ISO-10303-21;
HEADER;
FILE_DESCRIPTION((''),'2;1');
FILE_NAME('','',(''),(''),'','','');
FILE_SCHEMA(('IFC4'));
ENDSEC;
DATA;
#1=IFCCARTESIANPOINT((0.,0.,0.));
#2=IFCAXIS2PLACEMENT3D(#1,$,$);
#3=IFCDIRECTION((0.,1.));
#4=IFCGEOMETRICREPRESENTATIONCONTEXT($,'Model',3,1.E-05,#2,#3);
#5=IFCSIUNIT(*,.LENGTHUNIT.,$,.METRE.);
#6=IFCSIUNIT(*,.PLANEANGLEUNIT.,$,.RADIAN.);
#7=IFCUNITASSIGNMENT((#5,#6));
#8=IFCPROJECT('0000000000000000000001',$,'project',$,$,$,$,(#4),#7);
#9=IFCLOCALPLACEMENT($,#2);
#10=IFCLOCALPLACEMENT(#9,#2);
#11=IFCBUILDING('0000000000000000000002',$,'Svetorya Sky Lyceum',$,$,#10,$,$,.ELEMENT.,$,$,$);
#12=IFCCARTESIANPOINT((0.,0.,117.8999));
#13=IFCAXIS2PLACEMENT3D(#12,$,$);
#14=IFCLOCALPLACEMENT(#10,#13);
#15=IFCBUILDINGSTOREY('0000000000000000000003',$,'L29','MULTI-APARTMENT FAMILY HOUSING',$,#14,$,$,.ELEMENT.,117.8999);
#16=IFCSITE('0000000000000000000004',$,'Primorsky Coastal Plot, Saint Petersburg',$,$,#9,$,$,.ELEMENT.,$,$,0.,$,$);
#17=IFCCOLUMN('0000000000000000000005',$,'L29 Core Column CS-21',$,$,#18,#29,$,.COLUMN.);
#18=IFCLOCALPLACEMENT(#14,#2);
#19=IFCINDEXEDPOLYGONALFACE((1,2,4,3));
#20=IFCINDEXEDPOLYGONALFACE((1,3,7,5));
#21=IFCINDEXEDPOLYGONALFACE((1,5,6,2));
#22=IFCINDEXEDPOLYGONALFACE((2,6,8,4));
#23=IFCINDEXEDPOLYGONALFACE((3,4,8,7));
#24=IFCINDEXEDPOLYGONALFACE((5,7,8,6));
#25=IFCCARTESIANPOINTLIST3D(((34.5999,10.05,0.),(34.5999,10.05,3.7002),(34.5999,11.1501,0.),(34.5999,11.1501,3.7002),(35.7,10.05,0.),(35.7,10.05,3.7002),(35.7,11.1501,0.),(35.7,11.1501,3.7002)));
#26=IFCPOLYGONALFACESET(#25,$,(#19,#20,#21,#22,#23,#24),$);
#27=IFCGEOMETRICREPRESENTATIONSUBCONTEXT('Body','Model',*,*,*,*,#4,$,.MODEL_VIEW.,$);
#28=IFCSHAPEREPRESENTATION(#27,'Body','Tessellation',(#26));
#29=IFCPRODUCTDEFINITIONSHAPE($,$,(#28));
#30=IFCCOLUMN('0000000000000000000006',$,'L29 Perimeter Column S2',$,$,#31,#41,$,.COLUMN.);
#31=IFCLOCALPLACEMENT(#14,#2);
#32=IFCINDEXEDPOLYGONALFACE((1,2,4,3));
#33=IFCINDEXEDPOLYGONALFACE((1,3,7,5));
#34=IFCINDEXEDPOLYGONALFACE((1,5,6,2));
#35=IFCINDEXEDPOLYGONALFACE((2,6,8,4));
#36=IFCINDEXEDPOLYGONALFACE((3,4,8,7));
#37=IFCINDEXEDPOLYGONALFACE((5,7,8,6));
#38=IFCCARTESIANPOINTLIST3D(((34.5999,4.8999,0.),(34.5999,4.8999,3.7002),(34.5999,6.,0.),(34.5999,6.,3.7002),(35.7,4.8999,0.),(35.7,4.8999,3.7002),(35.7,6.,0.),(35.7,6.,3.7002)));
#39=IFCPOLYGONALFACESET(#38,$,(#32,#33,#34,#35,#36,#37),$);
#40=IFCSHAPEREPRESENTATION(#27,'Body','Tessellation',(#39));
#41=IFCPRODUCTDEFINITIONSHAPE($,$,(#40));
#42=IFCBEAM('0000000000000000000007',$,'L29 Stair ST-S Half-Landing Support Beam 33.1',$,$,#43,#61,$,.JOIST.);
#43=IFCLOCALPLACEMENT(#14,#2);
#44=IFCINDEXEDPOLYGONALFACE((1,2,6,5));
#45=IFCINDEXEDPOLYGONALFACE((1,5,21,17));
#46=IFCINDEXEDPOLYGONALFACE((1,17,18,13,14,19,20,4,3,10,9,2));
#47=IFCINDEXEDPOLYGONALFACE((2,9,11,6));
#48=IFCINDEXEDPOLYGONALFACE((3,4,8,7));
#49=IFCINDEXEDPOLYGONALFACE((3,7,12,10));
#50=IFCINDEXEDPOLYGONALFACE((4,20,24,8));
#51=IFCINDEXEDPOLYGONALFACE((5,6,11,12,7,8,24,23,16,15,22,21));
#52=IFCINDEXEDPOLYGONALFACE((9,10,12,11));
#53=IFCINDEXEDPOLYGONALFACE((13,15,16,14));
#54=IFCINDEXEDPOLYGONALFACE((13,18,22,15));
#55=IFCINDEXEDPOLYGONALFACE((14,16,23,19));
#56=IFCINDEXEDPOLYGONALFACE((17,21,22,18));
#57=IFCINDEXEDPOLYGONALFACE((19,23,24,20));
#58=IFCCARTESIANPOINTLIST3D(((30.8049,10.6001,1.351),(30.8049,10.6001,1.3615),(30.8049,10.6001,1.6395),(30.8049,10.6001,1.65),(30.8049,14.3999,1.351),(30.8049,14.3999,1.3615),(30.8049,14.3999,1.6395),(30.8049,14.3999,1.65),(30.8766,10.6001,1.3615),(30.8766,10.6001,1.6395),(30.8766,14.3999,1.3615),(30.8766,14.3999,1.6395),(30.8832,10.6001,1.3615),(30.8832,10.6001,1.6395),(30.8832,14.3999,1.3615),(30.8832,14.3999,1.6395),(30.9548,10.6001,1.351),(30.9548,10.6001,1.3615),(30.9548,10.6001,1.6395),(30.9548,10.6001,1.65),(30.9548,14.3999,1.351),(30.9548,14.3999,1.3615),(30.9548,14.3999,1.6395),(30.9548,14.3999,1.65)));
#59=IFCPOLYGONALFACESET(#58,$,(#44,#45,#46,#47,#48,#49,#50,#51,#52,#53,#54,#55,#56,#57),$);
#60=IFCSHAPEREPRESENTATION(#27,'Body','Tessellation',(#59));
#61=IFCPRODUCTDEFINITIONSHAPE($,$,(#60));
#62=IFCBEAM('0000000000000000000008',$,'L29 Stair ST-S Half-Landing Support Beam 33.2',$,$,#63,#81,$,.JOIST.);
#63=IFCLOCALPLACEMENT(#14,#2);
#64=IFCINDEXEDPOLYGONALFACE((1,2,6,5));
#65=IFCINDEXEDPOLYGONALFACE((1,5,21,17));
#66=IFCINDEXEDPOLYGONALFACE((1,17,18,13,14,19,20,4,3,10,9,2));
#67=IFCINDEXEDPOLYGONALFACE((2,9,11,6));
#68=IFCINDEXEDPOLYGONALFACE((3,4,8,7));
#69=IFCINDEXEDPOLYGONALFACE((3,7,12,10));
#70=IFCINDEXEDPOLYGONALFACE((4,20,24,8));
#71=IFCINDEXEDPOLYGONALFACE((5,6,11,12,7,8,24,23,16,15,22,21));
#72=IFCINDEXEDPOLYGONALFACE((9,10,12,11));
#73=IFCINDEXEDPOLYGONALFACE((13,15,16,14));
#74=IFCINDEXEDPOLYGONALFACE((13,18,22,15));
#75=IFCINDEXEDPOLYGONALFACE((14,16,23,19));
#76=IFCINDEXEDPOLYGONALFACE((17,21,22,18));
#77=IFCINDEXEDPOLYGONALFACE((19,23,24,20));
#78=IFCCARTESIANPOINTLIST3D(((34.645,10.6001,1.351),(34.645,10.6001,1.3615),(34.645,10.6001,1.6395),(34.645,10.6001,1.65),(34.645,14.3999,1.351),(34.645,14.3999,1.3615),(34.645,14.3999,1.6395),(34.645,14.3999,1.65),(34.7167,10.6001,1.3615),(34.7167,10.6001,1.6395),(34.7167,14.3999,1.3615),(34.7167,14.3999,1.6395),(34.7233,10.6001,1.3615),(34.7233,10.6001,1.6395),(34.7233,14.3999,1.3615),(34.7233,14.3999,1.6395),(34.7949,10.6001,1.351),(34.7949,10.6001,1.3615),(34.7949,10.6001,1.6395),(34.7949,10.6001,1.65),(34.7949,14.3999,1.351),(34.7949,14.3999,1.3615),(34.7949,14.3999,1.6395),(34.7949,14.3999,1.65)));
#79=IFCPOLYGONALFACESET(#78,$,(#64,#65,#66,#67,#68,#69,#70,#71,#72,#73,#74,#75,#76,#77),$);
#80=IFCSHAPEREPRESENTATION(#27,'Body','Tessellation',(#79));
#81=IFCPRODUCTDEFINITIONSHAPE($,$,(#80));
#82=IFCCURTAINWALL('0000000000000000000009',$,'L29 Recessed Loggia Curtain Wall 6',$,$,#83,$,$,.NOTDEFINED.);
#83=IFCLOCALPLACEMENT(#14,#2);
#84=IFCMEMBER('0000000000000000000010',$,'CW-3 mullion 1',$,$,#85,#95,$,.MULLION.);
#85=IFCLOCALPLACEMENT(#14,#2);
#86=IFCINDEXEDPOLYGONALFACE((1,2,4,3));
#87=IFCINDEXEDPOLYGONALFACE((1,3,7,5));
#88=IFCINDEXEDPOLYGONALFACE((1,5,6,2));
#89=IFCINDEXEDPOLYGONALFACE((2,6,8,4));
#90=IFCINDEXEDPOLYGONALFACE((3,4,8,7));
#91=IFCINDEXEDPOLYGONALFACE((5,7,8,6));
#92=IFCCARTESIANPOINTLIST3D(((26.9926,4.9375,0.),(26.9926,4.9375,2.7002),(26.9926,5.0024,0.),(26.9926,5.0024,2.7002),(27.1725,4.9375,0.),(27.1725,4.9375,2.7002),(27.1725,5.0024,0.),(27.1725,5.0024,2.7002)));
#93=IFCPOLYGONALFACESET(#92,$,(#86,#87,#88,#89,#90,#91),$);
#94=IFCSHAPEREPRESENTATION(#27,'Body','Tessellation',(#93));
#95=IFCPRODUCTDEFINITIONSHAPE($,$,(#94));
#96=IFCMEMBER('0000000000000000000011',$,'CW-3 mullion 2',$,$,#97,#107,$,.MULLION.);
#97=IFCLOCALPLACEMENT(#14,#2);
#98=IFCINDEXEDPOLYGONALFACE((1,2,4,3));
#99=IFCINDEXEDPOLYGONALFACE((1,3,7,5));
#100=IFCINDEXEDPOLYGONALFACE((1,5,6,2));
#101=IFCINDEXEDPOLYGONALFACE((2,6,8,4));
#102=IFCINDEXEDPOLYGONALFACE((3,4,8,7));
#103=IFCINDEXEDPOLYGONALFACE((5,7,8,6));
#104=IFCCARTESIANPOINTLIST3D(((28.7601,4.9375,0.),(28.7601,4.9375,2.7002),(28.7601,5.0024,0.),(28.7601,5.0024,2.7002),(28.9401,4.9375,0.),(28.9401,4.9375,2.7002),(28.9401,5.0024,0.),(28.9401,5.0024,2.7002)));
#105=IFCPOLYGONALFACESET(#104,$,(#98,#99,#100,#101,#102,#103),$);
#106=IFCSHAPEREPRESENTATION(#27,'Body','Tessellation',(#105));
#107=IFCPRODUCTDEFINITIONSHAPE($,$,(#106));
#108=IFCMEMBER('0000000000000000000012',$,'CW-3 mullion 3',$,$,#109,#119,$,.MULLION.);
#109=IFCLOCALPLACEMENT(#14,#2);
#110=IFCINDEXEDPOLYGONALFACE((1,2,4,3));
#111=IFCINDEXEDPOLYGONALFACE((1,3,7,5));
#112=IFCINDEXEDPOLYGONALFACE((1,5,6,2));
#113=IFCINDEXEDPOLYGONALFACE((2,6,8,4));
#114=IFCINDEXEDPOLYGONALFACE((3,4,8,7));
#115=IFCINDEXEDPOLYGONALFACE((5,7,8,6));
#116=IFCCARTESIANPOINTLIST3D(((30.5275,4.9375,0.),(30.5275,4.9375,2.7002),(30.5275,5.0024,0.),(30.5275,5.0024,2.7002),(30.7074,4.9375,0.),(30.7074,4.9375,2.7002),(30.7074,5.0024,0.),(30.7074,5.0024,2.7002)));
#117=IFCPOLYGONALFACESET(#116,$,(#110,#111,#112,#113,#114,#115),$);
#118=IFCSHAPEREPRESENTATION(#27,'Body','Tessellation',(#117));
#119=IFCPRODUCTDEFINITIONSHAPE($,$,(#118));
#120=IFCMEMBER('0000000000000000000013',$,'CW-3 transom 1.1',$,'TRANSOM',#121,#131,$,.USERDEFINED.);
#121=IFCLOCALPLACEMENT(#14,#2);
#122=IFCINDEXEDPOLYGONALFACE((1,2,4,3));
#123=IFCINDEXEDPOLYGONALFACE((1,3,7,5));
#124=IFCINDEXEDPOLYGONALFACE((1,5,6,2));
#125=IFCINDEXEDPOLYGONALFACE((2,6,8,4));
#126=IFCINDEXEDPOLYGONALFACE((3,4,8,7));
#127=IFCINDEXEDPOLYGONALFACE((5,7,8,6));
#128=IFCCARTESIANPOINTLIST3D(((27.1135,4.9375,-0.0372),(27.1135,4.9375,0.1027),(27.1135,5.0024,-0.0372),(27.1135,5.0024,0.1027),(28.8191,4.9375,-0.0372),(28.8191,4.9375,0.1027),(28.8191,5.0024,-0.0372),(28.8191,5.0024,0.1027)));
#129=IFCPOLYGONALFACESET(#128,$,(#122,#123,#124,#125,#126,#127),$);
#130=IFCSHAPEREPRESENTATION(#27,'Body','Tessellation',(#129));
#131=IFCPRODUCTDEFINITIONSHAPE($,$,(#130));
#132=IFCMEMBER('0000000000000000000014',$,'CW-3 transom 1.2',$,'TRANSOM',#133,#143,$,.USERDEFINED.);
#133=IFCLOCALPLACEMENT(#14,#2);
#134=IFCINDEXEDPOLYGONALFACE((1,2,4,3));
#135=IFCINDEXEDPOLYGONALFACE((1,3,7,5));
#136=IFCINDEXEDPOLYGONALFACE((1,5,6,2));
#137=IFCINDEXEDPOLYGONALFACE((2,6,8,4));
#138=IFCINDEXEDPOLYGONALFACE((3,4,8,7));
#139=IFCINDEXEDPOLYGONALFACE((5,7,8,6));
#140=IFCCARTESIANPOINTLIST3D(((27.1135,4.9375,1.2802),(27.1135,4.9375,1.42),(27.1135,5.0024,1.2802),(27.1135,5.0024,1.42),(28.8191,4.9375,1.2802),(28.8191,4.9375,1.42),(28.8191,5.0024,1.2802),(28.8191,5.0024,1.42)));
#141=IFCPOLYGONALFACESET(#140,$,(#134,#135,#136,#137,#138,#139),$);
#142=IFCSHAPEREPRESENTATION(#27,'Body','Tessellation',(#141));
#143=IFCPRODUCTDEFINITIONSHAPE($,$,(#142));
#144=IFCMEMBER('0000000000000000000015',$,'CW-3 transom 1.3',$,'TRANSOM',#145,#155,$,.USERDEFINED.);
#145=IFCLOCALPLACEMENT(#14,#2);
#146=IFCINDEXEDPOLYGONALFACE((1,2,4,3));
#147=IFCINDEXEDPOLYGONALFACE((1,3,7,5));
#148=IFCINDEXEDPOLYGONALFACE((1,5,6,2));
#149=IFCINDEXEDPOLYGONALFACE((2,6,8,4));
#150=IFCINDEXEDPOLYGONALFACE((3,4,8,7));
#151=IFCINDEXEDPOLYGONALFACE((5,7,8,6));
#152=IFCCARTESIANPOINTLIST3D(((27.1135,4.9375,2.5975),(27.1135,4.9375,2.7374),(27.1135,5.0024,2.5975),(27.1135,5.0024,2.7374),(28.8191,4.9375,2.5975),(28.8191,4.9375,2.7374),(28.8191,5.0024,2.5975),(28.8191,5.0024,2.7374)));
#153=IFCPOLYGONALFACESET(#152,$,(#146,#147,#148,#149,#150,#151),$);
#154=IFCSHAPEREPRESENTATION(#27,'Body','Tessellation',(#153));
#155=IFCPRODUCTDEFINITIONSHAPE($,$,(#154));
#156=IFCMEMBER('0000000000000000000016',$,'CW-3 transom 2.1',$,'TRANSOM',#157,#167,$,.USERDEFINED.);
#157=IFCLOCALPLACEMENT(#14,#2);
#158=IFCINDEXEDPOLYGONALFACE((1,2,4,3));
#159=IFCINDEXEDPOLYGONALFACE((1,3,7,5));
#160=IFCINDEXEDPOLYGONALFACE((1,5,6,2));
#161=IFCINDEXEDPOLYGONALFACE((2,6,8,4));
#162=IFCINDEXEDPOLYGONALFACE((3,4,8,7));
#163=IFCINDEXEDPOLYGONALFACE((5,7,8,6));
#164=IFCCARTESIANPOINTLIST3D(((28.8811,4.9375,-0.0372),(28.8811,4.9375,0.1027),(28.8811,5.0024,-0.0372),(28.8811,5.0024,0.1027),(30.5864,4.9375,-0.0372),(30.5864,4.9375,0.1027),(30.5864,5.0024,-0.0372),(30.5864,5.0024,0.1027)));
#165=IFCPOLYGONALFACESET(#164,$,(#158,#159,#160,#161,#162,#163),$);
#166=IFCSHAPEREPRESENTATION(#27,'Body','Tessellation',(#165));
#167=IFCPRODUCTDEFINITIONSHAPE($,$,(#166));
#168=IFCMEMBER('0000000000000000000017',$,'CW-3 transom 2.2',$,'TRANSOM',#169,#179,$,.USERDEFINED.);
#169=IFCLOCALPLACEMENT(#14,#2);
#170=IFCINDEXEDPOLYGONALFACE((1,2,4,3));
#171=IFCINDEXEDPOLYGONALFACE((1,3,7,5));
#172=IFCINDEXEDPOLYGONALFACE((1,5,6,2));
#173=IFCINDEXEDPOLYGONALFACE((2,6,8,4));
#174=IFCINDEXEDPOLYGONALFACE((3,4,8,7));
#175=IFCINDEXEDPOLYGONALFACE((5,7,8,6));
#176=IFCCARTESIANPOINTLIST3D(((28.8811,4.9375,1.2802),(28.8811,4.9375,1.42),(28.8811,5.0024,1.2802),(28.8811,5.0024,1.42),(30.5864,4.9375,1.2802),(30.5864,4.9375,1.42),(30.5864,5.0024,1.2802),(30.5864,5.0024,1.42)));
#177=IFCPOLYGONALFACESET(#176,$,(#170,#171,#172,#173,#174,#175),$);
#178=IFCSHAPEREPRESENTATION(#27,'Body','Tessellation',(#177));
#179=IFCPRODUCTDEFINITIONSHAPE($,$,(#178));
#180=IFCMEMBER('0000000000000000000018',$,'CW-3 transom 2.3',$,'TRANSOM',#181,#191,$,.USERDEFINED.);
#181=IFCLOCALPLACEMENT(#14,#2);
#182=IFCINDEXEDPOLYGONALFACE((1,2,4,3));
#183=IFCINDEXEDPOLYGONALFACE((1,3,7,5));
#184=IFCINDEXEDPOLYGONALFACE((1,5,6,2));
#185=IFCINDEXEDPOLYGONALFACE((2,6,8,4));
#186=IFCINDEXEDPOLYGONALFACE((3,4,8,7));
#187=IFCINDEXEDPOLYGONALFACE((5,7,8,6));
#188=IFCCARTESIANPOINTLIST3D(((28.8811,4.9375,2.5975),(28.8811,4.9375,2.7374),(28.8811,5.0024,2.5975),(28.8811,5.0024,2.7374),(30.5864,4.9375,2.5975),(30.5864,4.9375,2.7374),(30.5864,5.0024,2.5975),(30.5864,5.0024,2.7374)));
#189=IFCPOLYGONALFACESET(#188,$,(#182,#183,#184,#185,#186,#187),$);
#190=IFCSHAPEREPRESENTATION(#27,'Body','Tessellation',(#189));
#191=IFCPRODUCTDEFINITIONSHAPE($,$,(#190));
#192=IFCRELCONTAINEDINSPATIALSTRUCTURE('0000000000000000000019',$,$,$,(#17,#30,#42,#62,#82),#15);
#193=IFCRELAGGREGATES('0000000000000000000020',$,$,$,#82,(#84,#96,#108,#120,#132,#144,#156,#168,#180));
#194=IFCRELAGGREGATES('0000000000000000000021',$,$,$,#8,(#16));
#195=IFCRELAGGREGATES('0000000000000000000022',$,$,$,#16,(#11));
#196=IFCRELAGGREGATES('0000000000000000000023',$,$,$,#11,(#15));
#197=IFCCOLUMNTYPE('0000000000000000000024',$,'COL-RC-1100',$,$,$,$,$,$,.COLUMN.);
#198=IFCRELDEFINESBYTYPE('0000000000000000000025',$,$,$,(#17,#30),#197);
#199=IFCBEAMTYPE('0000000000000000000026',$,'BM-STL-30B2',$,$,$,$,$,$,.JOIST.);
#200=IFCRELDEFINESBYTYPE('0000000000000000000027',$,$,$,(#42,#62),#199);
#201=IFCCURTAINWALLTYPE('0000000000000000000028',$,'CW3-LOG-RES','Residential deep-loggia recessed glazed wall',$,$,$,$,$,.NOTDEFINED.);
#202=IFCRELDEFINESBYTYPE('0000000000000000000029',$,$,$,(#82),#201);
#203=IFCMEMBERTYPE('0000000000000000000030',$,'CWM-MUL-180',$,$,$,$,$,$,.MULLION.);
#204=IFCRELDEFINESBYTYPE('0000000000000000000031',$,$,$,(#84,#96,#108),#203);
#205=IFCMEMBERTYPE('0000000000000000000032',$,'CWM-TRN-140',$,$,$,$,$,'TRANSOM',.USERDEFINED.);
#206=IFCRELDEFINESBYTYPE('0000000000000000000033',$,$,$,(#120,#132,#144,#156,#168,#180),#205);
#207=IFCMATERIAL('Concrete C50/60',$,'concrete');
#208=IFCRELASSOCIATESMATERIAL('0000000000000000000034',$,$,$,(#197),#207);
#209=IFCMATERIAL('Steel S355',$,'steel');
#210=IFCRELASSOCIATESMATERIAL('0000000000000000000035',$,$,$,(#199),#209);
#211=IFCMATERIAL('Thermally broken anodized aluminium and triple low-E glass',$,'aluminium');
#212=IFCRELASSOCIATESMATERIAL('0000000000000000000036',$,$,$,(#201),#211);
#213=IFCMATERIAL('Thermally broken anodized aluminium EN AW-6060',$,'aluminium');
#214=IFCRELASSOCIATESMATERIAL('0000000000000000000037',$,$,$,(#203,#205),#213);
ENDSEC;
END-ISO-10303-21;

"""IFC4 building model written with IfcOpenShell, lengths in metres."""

from ifc_helpers import new_model, si_unit, direction, frame, origin, origin_2d, place, context, subcontext, project, spatial, rectangle, i_section, extrude, material, material_profile, profile_set, type_object, element, aggregate, save


model = new_model("IFC4")

# Units and contexts
model_context = context("Model", 3, precision=1e-05, world=origin(), true_north=direction((0.0, 1.0)))
body_context = subcontext(model_context, "Body", "Model", "MODEL_VIEW")
ifc_project = project(units=[si_unit("LENGTHUNIT", "METRE"), si_unit("PLANEANGLEUNIT", "RADIAN")], contexts=[model_context])

# Site, building, storey
site_placement = place(None, origin())
site = spatial("IfcSite", under=ifc_project, at=site_placement, Name="Primorsky Coastal Plot, Saint Petersburg", CompositionType="ELEMENT", RefElevation=0.0)
building_placement = place(site_placement, origin())
building = spatial("IfcBuilding", under=site, at=building_placement, Name="Svetorya Sky Lyceum", CompositionType="ELEMENT")
storey_placement = place(building_placement, frame((0.0, 0.0, 117.8999)))
storey = spatial("IfcBuildingStorey", under=building, at=storey_placement, Name="L29", Description="MULTI-APARTMENT FAMILY HOUSING", CompositionType="ELEMENT", Elevation=117.8999)

# Columns
ifc_material_1 = material(Name="Concrete C50/60", Category="concrete")
ifc_material_profile_1 = material_profile(ifc_material_1, rectangle(XDim=1.1001, YDim=1.1001, at=origin_2d()), Name="RC COL 1100x1100")
ifc_profile_set_1 = profile_set([ifc_material_profile_1], Name="Concrete C50/60")
column_type = type_object("IfcColumnType", Name="COL-RC-1100", PredefinedType="COLUMN", material=ifc_profile_set_1)
for number, where, z_axis, x_axis, name in (
    (1, (35.1499, 10.6001, 0.0), (0.0, 0.0, 1.0), (1.0, 0.0, 0.0), "L29 Core Column CS-21"),
    (2, (35.1499, 5.45, 0.0), (0.0, 0.0, 1.0), (1.0, 0.0, 0.0), "L29 Perimeter Column S2"),
):
    element("IfcColumn", number, at=place(storey_placement, frame(where, z_axis=z_axis, x_axis=x_axis)), inside=storey, type_object=column_type, Name=name, PredefinedType="COLUMN", context=body_context, shape_type="SweptSolid", body=[
        extrude(rectangle(XDim=1.1001, YDim=1.1001, at=origin_2d()), origin(), (0.0, 0.0, 1.0), 3.7002),
    ])

# Beams
ifc_material_2 = material(Name="Steel S355", Category="steel")
ifc_material_profile_2 = material_profile(ifc_material_2, i_section(OverallWidth=0.1499, OverallDepth=0.2991, WebThickness=0.0066, FlangeThickness=0.0105, at=origin_2d()), Name="GOST 30B2")
ifc_profile_set_2 = profile_set([ifc_material_profile_2], Name="Steel S355")
beam_type = type_object("IfcBeamType", Name="BM-STL-30B2", PredefinedType="JOIST", material=ifc_profile_set_2)
for number, where, z_axis, x_axis, name in (
    (3, (30.8799, 10.6001, 1.5005), (0.0, 1.0, 0.0), (-1.0, 0.0, 0.0), "L29 Stair ST-S Half-Landing Support Beam 33.1"),
    (4, (34.72, 10.6001, 1.5005), (0.0, 1.0, 0.0), (-1.0, 0.0, 0.0), "L29 Stair ST-S Half-Landing Support Beam 33.2"),
):
    element("IfcBeam", number, at=place(storey_placement, frame(where, z_axis=z_axis, x_axis=x_axis)), inside=storey, type_object=beam_type, Name=name, PredefinedType="JOIST", context=body_context, shape_type="SweptSolid", body=[
        extrude(i_section(OverallWidth=0.1499, OverallDepth=0.2991, WebThickness=0.0066, FlangeThickness=0.0105, at=origin_2d()), origin(), (0.0, 0.0, 1.0), 3.7998),
    ])

# Curtain wall, members
ifc_material_3 = material(Name="Thermally broken anodized aluminium and triple low-E glass", Category="aluminium")
curtain_wall_type = type_object("IfcCurtainWallType", Name="CW3-LOG-RES", Description="Residential deep-loggia recessed glazed wall", PredefinedType="NOTDEFINED", material=ifc_material_3)
curtain_wall_placement = place(storey_placement, origin())
curtain_wall = element("IfcCurtainWall", 5, at=curtain_wall_placement, inside=storey, type_object=curtain_wall_type, Name="L29 Recessed Loggia Curtain Wall 6", PredefinedType="NOTDEFINED")
ifc_material_4 = material(Name="Thermally broken anodized aluminium EN AW-6060", Category="aluminium")
ifc_material_profile_3 = material_profile(ifc_material_4, rectangle(XDim=0.0649, YDim=0.1799, at=origin_2d()), Name="ALU MULLION 65x180")
ifc_profile_set_3 = profile_set([ifc_material_profile_3], Name="Thermally broken anodized aluminium EN AW-6060")
member_type_1 = type_object("IfcMemberType", Name="CWM-MUL-180", PredefinedType="MULLION", material=ifc_profile_set_3)
member_1_placement = place(storey_placement, frame((27.0825, 4.97, 0.0), z_axis=(0.0, 0.0, 1.0), x_axis=(0.0, 1.0, 0.0)))
member_1 = element("IfcMember", 6, at=member_1_placement, type_object=member_type_1, Name="CW-3 mullion 1", PredefinedType="MULLION", context=body_context, shape_type="SweptSolid", body=[
    extrude(rectangle(XDim=0.0649, YDim=0.1799, at=origin_2d()), origin(), (0.0, 0.0, 1.0), 2.7002),
])
member_2_placement = place(storey_placement, frame((28.8501, 4.97, 0.0), z_axis=(0.0, 0.0, 1.0), x_axis=(0.0, 1.0, 0.0)))
member_2 = element("IfcMember", 7, at=member_2_placement, type_object=member_type_1, Name="CW-3 mullion 2", PredefinedType="MULLION", context=body_context, shape_type="SweptSolid", body=[
    extrude(rectangle(XDim=0.0649, YDim=0.1799, at=origin_2d()), origin(), (0.0, 0.0, 1.0), 2.7002),
])
member_3_placement = place(storey_placement, frame((30.6174, 4.97, 0.0), z_axis=(0.0, 0.0, 1.0), x_axis=(0.0, 1.0, 0.0)))
member_3 = element("IfcMember", 8, at=member_3_placement, type_object=member_type_1, Name="CW-3 mullion 3", PredefinedType="MULLION", context=body_context, shape_type="SweptSolid", body=[
    extrude(rectangle(XDim=0.0649, YDim=0.1799, at=origin_2d()), origin(), (0.0, 0.0, 1.0), 2.7002),
])
ifc_material_profile_4 = material_profile(ifc_material_4, rectangle(XDim=0.0649, YDim=0.1399, at=origin_2d()), Name="ALU TRANSOM 65x140")
ifc_profile_set_4 = profile_set([ifc_material_profile_4], Name="Thermally broken anodized aluminium EN AW-6060")
member_type_2 = type_object("IfcMemberType", Name="CWM-TRN-140", ElementType="TRANSOM", PredefinedType="USERDEFINED", material=ifc_profile_set_4)
member_4_placement = place(storey_placement, frame((27.1135, 4.97, 0.0327), z_axis=(1.0, 0.0, 0.0), x_axis=(0.0, 1.0, 0.0)))
member_4 = element("IfcMember", 9, at=member_4_placement, type_object=member_type_2, Name="CW-3 transom 1.1", ObjectType="TRANSOM", PredefinedType="USERDEFINED", context=body_context, shape_type="SweptSolid", body=[
    extrude(rectangle(XDim=0.0649, YDim=0.1399, at=origin_2d()), origin(), (0.0, 0.0, 1.0), 1.7056),
])
member_5_placement = place(storey_placement, frame((27.1135, 4.97, 1.3501), z_axis=(1.0, 0.0, 0.0), x_axis=(0.0, 1.0, 0.0)))
member_5 = element("IfcMember", 10, at=member_5_placement, type_object=member_type_2, Name="CW-3 transom 1.2", ObjectType="TRANSOM", PredefinedType="USERDEFINED", context=body_context, shape_type="SweptSolid", body=[
    extrude(rectangle(XDim=0.0649, YDim=0.1399, at=origin_2d()), origin(), (0.0, 0.0, 1.0), 1.7056),
])
member_6_placement = place(storey_placement, frame((27.1135, 4.97, 2.6675), z_axis=(1.0, 0.0, 0.0), x_axis=(0.0, 1.0, 0.0)))
member_6 = element("IfcMember", 11, at=member_6_placement, type_object=member_type_2, Name="CW-3 transom 1.3", ObjectType="TRANSOM", PredefinedType="USERDEFINED", context=body_context, shape_type="SweptSolid", body=[
    extrude(rectangle(XDim=0.0649, YDim=0.1399, at=origin_2d()), origin(), (0.0, 0.0, 1.0), 1.7056),
])
member_7_placement = place(storey_placement, frame((28.8811, 4.97, 0.0327), z_axis=(1.0, 0.0, 0.0), x_axis=(0.0, 1.0, 0.0)))
member_7 = element("IfcMember", 12, at=member_7_placement, type_object=member_type_2, Name="CW-3 transom 2.1", ObjectType="TRANSOM", PredefinedType="USERDEFINED", context=body_context, shape_type="SweptSolid", body=[
    extrude(rectangle(XDim=0.0649, YDim=0.1399, at=origin_2d()), origin(), (0.0, 0.0, 1.0), 1.7053),
])
member_8_placement = place(storey_placement, frame((28.8811, 4.97, 1.3501), z_axis=(1.0, 0.0, 0.0), x_axis=(0.0, 1.0, 0.0)))
member_8 = element("IfcMember", 13, at=member_8_placement, type_object=member_type_2, Name="CW-3 transom 2.2", ObjectType="TRANSOM", PredefinedType="USERDEFINED", context=body_context, shape_type="SweptSolid", body=[
    extrude(rectangle(XDim=0.0649, YDim=0.1399, at=origin_2d()), origin(), (0.0, 0.0, 1.0), 1.7053),
])
member_9_placement = place(storey_placement, frame((28.8811, 4.97, 2.6675), z_axis=(1.0, 0.0, 0.0), x_axis=(0.0, 1.0, 0.0)))
member_9 = element("IfcMember", 14, at=member_9_placement, type_object=member_type_2, Name="CW-3 transom 2.3", ObjectType="TRANSOM", PredefinedType="USERDEFINED", context=body_context, shape_type="SweptSolid", body=[
    extrude(rectangle(XDim=0.0649, YDim=0.1399, at=origin_2d()), origin(), (0.0, 0.0, 1.0), 1.7053),
])
aggregate(curtain_wall, [member_1, member_2, member_3, member_4, member_5, member_6, member_7, member_8, member_9])

save(model, "model.ifc")
